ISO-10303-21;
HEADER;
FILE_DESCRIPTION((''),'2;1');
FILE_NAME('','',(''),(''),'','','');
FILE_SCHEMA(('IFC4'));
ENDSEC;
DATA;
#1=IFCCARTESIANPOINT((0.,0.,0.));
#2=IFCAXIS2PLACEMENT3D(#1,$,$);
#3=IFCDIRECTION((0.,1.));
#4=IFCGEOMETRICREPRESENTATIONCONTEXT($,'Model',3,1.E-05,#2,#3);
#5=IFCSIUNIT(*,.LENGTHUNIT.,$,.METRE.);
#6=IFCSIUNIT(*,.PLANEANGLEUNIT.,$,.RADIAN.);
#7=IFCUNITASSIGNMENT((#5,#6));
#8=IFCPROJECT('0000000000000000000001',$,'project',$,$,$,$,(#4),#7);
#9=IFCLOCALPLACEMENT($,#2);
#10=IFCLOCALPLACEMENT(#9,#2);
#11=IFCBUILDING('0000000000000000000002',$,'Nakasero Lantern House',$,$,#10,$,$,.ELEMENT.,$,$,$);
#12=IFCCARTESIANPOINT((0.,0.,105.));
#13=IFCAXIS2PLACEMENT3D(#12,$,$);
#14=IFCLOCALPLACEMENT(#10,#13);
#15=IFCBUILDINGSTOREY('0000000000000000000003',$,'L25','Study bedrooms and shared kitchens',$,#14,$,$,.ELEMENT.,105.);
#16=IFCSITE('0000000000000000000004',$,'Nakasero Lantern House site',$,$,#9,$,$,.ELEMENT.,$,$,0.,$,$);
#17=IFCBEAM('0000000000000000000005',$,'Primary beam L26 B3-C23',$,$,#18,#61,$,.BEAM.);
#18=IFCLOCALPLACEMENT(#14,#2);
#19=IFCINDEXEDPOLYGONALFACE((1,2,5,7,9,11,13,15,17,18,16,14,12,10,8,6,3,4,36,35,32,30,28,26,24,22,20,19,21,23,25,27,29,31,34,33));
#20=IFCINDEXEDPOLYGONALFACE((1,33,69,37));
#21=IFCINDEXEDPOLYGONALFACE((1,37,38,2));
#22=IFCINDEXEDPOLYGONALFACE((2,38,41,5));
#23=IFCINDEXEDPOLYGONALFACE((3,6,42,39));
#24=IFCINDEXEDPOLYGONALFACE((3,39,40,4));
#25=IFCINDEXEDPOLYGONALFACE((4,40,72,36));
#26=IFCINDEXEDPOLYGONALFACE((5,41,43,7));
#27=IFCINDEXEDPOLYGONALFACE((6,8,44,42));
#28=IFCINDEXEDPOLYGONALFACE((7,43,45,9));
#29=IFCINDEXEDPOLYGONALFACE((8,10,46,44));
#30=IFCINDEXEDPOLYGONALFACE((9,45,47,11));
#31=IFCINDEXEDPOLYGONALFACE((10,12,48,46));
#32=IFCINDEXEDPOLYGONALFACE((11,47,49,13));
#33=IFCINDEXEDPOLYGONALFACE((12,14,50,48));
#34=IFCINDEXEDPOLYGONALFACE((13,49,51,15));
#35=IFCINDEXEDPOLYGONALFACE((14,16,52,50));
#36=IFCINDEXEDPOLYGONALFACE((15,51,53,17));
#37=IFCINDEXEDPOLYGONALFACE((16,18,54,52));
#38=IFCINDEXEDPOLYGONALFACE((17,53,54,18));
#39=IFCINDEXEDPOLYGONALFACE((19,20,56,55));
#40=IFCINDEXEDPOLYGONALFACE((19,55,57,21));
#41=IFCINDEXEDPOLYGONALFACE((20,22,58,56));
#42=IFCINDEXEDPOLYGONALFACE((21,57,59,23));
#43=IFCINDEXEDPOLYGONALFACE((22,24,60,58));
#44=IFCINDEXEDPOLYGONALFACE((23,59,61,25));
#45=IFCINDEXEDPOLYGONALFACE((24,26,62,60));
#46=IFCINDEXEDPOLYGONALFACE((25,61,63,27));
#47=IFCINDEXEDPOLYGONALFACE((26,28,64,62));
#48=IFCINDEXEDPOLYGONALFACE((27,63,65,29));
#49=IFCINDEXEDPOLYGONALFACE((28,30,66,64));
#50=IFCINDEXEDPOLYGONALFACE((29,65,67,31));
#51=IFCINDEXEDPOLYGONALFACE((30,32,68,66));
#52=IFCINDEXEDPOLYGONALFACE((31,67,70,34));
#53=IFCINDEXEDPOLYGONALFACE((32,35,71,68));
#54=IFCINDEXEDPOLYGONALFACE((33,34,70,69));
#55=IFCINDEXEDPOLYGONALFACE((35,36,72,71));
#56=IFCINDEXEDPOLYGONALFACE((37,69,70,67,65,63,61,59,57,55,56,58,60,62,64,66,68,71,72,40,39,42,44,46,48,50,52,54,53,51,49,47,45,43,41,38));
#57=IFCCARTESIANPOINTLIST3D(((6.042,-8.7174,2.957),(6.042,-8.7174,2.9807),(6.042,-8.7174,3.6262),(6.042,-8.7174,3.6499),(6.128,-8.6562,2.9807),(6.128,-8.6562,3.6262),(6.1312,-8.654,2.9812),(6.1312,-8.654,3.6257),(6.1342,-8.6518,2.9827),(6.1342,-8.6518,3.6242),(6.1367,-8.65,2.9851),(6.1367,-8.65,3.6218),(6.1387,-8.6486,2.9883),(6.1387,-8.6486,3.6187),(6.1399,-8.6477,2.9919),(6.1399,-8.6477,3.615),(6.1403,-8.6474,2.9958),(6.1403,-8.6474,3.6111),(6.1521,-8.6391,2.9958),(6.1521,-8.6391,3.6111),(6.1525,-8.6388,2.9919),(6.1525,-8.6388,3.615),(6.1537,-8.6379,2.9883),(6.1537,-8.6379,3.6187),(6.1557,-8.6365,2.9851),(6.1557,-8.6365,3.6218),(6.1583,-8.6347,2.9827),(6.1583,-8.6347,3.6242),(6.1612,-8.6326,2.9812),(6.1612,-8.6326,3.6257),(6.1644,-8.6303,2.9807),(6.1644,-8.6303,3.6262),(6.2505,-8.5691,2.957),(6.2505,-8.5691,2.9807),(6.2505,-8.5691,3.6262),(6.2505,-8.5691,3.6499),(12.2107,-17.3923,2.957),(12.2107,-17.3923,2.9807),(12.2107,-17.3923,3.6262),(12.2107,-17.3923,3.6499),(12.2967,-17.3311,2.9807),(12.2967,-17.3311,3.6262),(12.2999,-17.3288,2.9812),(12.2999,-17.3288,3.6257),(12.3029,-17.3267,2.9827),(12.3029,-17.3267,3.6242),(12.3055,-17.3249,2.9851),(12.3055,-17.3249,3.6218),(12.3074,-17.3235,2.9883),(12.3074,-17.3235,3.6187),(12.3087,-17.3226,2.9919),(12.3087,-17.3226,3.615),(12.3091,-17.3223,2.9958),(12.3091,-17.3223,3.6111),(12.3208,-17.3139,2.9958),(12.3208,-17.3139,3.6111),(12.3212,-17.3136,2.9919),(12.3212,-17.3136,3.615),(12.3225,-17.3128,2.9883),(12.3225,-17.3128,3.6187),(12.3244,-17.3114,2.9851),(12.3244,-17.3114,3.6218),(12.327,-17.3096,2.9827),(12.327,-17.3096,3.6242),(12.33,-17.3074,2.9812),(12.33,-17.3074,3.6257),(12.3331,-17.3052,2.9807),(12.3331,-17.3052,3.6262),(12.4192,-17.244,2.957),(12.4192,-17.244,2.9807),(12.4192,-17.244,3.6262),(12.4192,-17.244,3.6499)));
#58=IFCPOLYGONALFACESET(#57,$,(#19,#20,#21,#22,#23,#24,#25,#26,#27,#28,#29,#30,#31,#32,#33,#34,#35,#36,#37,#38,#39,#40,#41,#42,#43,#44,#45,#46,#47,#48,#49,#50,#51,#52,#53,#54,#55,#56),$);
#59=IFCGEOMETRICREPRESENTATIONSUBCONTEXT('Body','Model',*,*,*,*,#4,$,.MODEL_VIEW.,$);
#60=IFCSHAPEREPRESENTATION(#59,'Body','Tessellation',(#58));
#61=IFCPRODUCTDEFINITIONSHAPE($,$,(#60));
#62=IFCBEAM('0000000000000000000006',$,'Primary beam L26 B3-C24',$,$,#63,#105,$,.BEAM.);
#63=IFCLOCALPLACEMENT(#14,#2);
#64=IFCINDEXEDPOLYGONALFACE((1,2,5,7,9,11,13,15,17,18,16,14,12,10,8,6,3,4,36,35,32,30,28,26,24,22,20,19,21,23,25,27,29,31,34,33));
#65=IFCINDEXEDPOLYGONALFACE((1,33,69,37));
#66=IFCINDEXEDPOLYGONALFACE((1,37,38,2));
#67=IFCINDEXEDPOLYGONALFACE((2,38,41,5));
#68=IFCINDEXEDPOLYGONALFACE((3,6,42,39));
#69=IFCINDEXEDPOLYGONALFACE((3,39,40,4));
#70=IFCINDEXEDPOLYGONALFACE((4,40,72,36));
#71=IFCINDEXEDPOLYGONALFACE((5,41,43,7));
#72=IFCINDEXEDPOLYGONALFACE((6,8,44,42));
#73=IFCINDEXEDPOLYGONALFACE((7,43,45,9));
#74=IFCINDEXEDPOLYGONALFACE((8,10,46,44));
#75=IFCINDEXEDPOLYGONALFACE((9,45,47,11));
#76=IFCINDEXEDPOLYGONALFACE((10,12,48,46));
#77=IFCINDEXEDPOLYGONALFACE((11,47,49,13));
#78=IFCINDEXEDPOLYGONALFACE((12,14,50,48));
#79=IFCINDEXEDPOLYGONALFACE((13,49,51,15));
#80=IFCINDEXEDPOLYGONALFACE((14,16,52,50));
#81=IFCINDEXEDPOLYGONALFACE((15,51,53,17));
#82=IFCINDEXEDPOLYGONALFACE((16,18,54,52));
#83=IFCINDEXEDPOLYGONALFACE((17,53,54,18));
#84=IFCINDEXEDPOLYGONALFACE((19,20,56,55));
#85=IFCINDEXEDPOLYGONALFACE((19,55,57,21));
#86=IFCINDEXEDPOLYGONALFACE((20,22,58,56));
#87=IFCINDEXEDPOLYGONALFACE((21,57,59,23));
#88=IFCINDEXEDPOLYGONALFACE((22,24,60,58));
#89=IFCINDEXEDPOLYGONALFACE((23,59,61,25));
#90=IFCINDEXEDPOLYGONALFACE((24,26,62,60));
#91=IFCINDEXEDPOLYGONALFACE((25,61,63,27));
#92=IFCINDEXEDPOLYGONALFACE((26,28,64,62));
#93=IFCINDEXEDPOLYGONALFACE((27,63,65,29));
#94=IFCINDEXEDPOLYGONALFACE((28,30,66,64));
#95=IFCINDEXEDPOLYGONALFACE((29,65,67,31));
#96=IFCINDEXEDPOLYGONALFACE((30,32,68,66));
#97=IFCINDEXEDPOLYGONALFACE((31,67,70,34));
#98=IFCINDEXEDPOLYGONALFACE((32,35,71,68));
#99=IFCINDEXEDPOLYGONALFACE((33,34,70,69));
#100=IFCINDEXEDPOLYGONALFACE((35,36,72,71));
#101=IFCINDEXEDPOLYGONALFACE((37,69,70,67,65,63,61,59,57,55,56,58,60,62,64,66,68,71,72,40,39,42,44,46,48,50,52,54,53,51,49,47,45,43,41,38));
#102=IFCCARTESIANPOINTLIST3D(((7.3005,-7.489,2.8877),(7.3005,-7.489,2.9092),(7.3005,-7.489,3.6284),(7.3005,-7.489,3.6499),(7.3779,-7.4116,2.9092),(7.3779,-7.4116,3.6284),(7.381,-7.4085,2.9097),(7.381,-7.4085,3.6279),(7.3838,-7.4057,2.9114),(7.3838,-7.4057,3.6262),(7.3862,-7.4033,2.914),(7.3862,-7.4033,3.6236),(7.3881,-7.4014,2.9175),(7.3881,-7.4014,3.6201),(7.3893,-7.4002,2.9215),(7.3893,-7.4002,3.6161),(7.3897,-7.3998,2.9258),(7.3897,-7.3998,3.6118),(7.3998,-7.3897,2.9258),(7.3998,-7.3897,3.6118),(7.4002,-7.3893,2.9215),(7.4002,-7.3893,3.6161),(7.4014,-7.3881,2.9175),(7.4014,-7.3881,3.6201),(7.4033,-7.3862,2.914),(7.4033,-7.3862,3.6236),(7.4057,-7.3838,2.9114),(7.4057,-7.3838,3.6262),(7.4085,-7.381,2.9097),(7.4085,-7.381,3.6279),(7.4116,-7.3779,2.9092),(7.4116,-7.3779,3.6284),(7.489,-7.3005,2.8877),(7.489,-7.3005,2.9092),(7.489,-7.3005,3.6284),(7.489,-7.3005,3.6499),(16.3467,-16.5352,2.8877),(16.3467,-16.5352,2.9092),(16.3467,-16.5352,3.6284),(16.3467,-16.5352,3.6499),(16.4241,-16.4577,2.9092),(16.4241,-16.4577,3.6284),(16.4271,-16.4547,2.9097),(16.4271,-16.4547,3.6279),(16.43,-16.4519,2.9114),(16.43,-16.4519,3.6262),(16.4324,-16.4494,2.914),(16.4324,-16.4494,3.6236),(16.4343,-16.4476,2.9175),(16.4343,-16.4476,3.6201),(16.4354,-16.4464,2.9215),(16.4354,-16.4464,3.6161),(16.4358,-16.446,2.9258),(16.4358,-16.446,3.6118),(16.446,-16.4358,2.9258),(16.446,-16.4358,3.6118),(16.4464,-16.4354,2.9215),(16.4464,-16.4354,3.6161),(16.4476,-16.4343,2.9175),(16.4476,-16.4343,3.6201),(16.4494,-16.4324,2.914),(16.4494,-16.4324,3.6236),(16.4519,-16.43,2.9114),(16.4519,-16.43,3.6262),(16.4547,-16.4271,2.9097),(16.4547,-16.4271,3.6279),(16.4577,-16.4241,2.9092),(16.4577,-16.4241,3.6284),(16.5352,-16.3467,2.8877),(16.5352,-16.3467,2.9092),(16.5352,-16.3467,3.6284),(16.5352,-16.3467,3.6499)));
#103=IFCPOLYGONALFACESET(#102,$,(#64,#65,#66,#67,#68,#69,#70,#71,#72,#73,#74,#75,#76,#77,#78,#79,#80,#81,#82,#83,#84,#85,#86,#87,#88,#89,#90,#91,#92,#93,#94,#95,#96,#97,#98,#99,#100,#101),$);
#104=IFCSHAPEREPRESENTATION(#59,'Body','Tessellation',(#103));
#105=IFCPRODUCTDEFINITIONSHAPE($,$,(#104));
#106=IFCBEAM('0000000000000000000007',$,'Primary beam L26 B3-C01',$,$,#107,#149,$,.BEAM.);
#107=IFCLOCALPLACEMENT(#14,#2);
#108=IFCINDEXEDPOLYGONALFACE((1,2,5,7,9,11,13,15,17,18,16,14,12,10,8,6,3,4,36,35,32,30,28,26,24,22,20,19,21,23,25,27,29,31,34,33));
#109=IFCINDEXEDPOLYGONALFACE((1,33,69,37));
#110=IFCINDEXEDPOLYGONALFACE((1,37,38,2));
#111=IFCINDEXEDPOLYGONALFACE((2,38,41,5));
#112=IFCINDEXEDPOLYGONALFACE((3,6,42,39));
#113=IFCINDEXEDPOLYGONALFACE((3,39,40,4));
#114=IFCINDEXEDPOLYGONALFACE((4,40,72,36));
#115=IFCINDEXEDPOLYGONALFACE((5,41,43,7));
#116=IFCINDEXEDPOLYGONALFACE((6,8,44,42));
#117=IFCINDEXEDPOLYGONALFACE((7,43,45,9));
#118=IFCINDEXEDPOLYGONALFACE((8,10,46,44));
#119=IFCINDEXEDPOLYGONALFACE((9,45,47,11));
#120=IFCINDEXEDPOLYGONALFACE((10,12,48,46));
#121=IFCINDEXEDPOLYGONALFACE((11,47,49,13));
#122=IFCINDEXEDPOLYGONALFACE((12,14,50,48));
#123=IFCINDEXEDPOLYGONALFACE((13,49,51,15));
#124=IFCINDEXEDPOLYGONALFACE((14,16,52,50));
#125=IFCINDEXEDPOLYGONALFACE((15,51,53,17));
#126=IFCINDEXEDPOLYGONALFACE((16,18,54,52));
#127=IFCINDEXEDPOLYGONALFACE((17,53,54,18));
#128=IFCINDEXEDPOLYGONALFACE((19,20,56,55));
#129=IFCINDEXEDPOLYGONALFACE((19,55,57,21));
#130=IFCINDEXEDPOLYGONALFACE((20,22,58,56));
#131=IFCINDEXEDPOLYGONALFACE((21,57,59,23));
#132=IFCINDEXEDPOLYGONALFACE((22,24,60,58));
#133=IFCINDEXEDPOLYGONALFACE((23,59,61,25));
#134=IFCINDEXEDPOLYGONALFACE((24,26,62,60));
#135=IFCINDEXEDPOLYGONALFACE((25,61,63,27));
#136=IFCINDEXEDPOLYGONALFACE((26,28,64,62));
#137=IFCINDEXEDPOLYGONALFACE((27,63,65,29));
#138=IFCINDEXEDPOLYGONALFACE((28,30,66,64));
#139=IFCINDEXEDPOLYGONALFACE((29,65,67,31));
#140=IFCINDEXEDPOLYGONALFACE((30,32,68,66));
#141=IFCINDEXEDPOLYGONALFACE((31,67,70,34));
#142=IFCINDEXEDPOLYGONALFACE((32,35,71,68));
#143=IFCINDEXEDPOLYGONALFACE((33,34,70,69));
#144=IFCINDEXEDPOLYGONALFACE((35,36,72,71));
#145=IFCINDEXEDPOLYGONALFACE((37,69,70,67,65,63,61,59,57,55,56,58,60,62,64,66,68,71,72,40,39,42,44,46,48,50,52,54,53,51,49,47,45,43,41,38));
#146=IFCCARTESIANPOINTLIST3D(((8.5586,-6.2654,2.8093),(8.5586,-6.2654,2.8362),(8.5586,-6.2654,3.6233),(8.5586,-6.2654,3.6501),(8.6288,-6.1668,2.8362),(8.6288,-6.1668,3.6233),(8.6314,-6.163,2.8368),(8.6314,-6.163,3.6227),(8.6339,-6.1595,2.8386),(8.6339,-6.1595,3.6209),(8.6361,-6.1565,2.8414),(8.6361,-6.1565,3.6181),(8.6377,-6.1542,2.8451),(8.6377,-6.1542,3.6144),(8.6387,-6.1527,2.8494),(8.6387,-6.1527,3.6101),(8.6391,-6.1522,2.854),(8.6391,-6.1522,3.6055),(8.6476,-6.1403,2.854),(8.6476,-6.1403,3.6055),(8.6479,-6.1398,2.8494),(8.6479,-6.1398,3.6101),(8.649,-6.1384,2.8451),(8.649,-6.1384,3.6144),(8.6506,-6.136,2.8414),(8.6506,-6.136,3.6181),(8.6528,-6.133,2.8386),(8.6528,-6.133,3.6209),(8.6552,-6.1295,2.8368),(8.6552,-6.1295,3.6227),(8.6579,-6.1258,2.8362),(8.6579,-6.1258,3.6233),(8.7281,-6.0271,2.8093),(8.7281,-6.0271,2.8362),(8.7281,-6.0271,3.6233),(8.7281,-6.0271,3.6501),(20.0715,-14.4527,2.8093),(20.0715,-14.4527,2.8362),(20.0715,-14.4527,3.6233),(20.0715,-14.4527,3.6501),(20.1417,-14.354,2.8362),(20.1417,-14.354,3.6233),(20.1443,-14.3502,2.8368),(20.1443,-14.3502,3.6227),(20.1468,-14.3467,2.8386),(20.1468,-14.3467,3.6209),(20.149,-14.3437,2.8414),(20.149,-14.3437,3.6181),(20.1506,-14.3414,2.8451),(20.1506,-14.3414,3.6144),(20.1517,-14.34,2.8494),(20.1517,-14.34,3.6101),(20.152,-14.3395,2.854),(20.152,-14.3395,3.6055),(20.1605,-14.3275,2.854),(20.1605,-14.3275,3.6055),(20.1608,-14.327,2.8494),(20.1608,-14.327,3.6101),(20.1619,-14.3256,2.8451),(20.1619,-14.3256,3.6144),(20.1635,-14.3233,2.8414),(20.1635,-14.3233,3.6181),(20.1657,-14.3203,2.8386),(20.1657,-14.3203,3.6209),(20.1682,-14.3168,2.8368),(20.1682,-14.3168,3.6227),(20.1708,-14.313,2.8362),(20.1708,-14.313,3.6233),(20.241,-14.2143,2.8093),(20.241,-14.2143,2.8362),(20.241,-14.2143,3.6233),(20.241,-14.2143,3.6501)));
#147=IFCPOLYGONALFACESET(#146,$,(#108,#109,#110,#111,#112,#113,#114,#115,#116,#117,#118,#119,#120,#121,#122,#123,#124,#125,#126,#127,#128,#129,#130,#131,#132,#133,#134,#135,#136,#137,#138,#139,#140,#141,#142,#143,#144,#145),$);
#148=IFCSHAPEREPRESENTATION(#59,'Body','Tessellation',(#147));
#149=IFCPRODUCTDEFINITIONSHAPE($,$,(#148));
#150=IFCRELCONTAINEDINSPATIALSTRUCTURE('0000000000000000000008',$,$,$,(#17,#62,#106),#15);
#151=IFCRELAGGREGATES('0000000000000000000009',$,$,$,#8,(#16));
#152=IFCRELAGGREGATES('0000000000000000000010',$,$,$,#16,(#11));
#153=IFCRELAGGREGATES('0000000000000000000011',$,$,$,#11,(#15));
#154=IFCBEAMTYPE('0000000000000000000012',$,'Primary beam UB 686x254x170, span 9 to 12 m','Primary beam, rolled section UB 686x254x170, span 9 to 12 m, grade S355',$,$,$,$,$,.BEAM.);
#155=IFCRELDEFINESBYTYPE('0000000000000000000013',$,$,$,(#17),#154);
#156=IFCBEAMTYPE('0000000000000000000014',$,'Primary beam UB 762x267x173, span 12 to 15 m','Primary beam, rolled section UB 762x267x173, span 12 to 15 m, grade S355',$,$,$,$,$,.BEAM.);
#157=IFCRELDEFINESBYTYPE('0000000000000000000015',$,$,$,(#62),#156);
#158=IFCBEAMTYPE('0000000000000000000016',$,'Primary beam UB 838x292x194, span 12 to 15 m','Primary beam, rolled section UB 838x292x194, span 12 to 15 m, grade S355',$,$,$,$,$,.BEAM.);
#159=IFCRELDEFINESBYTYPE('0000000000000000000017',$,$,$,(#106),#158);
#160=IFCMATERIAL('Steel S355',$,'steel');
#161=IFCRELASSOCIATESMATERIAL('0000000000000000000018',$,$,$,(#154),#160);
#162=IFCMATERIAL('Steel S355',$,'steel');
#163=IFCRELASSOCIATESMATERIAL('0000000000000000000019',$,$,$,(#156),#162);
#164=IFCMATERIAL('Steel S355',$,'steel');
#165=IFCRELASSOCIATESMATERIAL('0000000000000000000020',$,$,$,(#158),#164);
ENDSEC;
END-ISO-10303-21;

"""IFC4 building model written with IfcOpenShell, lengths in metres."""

from ifc_helpers import new_model, si_unit, direction, frame, origin, origin_2d, place, context, subcontext, project, spatial, i_section, extrude, material, material_profile, profile_set, type_object, element, save


model = new_model("IFC4")

# Units and contexts
model_context = context("Model", 3, precision=1e-05, world=origin(), true_north=direction((0.0, 1.0)))
body_context = subcontext(model_context, "Body", "Model", "MODEL_VIEW")
ifc_project = project(units=[si_unit("LENGTHUNIT", "METRE"), si_unit("PLANEANGLEUNIT", "RADIAN")], contexts=[model_context])

# Site, building, storey
site_placement = place(None, origin())
site = spatial("IfcSite", under=ifc_project, at=site_placement, Name="Nakasero Lantern House site", CompositionType="ELEMENT", RefElevation=0.0)
building_placement = place(site_placement, origin())
building = spatial("IfcBuilding", under=site, at=building_placement, Name="Nakasero Lantern House", CompositionType="ELEMENT")
storey_placement = place(building_placement, frame((0.0, 0.0, 105.0)))
storey = spatial("IfcBuildingStorey", under=building, at=storey_placement, Name="L25", Description="Study bedrooms and shared kitchens", CompositionType="ELEMENT", Elevation=105.0)

# Beams
ifc_material_1 = material(Name="Steel S355", Category="steel")
ifc_material_profile_1 = material_profile(ifc_material_1, i_section(OverallWidth=0.2559, OverallDepth=0.6929, WebThickness=0.0144, FlangeThickness=0.0237, FilletRadius=0.0151, at=origin_2d()), Name="UB 686x254x170")
ifc_profile_set_1 = profile_set([ifc_material_profile_1], Name="Steel S355")
beam_type_1 = type_object("IfcBeamType", Name="Primary beam UB 686x254x170, span 9 to 12 m", Description="Primary beam, rolled section UB 686x254x170, span 9 to 12 m, grade S355", PredefinedType="BEAM", material=ifc_profile_set_1)
beam_1_placement = place(storey_placement, frame((12.3149, -17.3181, 3.3035), z_axis=(-0.579521, 0.814957, 0.0), x_axis=(-0.814957, -0.579521, 0.0)))
element("IfcBeam", 1, at=beam_1_placement, inside=storey, type_object=beam_type_1, Name="Primary beam L26 B3-C23", PredefinedType="BEAM", context=body_context, shape_type="SweptSolid", body=[
    extrude(i_section(OverallWidth=0.2559, OverallDepth=0.6929, WebThickness=0.0144, FlangeThickness=0.0237, FilletRadius=0.0151, at=origin_2d()), origin(), (0.0, 0.0, 1.0), 10.6445),
])
ifc_material_2 = material(Name="Steel S355", Category="steel")
ifc_material_profile_2 = material_profile(ifc_material_2, i_section(OverallWidth=0.2666, OverallDepth=0.7622, WebThickness=0.0144, FlangeThickness=0.0215, FilletRadius=0.0166, at=origin_2d()), Name="UB 762x267x173")
ifc_profile_set_2 = profile_set([ifc_material_profile_2], Name="Steel S355")
beam_type_2 = type_object("IfcBeamType", Name="Primary beam UB 762x267x173, span 12 to 15 m", Description="Primary beam, rolled section UB 762x267x173, span 12 to 15 m, grade S355", PredefinedType="BEAM", material=ifc_profile_set_2)
beam_2_placement = place(storey_placement, frame((16.4409, -16.4409, 3.2688), z_axis=(-0.707107, 0.707107, 0.0), x_axis=(-0.707107, -0.707107, 0.0)))
element("IfcBeam", 2, at=beam_2_placement, inside=storey, type_object=beam_type_2, Name="Primary beam L26 B3-C24", PredefinedType="BEAM", context=body_context, shape_type="SweptSolid", body=[
    extrude(i_section(OverallWidth=0.2666, OverallDepth=0.7622, WebThickness=0.0144, FlangeThickness=0.0215, FilletRadius=0.0166, at=origin_2d()), origin(), (0.0, 0.0, 1.0), 12.7932),
])
ifc_material_3 = material(Name="Steel S355", Category="steel")
ifc_material_profile_3 = material_profile(ifc_material_3, i_section(OverallWidth=0.2925, OverallDepth=0.8408, WebThickness=0.0146, FlangeThickness=0.0269, FilletRadius=0.0178, at=origin_2d()), Name="UB 838x292x194")
ifc_profile_set_3 = profile_set([ifc_material_profile_3], Name="Steel S355")
beam_type_3 = type_object("IfcBeamType", Name="Primary beam UB 838x292x194, span 12 to 15 m", Description="Primary beam, rolled section UB 838x292x194, span 12 to 15 m, grade S355", PredefinedType="BEAM", material=ifc_profile_set_3)
beam_3_placement = place(storey_placement, frame((20.1562, -14.3335, 3.2297), z_axis=(-0.814946, 0.579537, 0.0), x_axis=(-0.579537, -0.814946, 0.0)))
element("IfcBeam", 3, at=beam_3_placement, inside=storey, type_object=beam_type_3, Name="Primary beam L26 B3-C01", PredefinedType="BEAM", context=body_context, shape_type="SweptSolid", body=[
    extrude(i_section(OverallWidth=0.2925, OverallDepth=0.8408, WebThickness=0.0146, FlangeThickness=0.0269, FilletRadius=0.0178, at=origin_2d()), origin(), (0.0, 0.0, 1.0), 14.1272),
])

save(model, "model.ifc")
